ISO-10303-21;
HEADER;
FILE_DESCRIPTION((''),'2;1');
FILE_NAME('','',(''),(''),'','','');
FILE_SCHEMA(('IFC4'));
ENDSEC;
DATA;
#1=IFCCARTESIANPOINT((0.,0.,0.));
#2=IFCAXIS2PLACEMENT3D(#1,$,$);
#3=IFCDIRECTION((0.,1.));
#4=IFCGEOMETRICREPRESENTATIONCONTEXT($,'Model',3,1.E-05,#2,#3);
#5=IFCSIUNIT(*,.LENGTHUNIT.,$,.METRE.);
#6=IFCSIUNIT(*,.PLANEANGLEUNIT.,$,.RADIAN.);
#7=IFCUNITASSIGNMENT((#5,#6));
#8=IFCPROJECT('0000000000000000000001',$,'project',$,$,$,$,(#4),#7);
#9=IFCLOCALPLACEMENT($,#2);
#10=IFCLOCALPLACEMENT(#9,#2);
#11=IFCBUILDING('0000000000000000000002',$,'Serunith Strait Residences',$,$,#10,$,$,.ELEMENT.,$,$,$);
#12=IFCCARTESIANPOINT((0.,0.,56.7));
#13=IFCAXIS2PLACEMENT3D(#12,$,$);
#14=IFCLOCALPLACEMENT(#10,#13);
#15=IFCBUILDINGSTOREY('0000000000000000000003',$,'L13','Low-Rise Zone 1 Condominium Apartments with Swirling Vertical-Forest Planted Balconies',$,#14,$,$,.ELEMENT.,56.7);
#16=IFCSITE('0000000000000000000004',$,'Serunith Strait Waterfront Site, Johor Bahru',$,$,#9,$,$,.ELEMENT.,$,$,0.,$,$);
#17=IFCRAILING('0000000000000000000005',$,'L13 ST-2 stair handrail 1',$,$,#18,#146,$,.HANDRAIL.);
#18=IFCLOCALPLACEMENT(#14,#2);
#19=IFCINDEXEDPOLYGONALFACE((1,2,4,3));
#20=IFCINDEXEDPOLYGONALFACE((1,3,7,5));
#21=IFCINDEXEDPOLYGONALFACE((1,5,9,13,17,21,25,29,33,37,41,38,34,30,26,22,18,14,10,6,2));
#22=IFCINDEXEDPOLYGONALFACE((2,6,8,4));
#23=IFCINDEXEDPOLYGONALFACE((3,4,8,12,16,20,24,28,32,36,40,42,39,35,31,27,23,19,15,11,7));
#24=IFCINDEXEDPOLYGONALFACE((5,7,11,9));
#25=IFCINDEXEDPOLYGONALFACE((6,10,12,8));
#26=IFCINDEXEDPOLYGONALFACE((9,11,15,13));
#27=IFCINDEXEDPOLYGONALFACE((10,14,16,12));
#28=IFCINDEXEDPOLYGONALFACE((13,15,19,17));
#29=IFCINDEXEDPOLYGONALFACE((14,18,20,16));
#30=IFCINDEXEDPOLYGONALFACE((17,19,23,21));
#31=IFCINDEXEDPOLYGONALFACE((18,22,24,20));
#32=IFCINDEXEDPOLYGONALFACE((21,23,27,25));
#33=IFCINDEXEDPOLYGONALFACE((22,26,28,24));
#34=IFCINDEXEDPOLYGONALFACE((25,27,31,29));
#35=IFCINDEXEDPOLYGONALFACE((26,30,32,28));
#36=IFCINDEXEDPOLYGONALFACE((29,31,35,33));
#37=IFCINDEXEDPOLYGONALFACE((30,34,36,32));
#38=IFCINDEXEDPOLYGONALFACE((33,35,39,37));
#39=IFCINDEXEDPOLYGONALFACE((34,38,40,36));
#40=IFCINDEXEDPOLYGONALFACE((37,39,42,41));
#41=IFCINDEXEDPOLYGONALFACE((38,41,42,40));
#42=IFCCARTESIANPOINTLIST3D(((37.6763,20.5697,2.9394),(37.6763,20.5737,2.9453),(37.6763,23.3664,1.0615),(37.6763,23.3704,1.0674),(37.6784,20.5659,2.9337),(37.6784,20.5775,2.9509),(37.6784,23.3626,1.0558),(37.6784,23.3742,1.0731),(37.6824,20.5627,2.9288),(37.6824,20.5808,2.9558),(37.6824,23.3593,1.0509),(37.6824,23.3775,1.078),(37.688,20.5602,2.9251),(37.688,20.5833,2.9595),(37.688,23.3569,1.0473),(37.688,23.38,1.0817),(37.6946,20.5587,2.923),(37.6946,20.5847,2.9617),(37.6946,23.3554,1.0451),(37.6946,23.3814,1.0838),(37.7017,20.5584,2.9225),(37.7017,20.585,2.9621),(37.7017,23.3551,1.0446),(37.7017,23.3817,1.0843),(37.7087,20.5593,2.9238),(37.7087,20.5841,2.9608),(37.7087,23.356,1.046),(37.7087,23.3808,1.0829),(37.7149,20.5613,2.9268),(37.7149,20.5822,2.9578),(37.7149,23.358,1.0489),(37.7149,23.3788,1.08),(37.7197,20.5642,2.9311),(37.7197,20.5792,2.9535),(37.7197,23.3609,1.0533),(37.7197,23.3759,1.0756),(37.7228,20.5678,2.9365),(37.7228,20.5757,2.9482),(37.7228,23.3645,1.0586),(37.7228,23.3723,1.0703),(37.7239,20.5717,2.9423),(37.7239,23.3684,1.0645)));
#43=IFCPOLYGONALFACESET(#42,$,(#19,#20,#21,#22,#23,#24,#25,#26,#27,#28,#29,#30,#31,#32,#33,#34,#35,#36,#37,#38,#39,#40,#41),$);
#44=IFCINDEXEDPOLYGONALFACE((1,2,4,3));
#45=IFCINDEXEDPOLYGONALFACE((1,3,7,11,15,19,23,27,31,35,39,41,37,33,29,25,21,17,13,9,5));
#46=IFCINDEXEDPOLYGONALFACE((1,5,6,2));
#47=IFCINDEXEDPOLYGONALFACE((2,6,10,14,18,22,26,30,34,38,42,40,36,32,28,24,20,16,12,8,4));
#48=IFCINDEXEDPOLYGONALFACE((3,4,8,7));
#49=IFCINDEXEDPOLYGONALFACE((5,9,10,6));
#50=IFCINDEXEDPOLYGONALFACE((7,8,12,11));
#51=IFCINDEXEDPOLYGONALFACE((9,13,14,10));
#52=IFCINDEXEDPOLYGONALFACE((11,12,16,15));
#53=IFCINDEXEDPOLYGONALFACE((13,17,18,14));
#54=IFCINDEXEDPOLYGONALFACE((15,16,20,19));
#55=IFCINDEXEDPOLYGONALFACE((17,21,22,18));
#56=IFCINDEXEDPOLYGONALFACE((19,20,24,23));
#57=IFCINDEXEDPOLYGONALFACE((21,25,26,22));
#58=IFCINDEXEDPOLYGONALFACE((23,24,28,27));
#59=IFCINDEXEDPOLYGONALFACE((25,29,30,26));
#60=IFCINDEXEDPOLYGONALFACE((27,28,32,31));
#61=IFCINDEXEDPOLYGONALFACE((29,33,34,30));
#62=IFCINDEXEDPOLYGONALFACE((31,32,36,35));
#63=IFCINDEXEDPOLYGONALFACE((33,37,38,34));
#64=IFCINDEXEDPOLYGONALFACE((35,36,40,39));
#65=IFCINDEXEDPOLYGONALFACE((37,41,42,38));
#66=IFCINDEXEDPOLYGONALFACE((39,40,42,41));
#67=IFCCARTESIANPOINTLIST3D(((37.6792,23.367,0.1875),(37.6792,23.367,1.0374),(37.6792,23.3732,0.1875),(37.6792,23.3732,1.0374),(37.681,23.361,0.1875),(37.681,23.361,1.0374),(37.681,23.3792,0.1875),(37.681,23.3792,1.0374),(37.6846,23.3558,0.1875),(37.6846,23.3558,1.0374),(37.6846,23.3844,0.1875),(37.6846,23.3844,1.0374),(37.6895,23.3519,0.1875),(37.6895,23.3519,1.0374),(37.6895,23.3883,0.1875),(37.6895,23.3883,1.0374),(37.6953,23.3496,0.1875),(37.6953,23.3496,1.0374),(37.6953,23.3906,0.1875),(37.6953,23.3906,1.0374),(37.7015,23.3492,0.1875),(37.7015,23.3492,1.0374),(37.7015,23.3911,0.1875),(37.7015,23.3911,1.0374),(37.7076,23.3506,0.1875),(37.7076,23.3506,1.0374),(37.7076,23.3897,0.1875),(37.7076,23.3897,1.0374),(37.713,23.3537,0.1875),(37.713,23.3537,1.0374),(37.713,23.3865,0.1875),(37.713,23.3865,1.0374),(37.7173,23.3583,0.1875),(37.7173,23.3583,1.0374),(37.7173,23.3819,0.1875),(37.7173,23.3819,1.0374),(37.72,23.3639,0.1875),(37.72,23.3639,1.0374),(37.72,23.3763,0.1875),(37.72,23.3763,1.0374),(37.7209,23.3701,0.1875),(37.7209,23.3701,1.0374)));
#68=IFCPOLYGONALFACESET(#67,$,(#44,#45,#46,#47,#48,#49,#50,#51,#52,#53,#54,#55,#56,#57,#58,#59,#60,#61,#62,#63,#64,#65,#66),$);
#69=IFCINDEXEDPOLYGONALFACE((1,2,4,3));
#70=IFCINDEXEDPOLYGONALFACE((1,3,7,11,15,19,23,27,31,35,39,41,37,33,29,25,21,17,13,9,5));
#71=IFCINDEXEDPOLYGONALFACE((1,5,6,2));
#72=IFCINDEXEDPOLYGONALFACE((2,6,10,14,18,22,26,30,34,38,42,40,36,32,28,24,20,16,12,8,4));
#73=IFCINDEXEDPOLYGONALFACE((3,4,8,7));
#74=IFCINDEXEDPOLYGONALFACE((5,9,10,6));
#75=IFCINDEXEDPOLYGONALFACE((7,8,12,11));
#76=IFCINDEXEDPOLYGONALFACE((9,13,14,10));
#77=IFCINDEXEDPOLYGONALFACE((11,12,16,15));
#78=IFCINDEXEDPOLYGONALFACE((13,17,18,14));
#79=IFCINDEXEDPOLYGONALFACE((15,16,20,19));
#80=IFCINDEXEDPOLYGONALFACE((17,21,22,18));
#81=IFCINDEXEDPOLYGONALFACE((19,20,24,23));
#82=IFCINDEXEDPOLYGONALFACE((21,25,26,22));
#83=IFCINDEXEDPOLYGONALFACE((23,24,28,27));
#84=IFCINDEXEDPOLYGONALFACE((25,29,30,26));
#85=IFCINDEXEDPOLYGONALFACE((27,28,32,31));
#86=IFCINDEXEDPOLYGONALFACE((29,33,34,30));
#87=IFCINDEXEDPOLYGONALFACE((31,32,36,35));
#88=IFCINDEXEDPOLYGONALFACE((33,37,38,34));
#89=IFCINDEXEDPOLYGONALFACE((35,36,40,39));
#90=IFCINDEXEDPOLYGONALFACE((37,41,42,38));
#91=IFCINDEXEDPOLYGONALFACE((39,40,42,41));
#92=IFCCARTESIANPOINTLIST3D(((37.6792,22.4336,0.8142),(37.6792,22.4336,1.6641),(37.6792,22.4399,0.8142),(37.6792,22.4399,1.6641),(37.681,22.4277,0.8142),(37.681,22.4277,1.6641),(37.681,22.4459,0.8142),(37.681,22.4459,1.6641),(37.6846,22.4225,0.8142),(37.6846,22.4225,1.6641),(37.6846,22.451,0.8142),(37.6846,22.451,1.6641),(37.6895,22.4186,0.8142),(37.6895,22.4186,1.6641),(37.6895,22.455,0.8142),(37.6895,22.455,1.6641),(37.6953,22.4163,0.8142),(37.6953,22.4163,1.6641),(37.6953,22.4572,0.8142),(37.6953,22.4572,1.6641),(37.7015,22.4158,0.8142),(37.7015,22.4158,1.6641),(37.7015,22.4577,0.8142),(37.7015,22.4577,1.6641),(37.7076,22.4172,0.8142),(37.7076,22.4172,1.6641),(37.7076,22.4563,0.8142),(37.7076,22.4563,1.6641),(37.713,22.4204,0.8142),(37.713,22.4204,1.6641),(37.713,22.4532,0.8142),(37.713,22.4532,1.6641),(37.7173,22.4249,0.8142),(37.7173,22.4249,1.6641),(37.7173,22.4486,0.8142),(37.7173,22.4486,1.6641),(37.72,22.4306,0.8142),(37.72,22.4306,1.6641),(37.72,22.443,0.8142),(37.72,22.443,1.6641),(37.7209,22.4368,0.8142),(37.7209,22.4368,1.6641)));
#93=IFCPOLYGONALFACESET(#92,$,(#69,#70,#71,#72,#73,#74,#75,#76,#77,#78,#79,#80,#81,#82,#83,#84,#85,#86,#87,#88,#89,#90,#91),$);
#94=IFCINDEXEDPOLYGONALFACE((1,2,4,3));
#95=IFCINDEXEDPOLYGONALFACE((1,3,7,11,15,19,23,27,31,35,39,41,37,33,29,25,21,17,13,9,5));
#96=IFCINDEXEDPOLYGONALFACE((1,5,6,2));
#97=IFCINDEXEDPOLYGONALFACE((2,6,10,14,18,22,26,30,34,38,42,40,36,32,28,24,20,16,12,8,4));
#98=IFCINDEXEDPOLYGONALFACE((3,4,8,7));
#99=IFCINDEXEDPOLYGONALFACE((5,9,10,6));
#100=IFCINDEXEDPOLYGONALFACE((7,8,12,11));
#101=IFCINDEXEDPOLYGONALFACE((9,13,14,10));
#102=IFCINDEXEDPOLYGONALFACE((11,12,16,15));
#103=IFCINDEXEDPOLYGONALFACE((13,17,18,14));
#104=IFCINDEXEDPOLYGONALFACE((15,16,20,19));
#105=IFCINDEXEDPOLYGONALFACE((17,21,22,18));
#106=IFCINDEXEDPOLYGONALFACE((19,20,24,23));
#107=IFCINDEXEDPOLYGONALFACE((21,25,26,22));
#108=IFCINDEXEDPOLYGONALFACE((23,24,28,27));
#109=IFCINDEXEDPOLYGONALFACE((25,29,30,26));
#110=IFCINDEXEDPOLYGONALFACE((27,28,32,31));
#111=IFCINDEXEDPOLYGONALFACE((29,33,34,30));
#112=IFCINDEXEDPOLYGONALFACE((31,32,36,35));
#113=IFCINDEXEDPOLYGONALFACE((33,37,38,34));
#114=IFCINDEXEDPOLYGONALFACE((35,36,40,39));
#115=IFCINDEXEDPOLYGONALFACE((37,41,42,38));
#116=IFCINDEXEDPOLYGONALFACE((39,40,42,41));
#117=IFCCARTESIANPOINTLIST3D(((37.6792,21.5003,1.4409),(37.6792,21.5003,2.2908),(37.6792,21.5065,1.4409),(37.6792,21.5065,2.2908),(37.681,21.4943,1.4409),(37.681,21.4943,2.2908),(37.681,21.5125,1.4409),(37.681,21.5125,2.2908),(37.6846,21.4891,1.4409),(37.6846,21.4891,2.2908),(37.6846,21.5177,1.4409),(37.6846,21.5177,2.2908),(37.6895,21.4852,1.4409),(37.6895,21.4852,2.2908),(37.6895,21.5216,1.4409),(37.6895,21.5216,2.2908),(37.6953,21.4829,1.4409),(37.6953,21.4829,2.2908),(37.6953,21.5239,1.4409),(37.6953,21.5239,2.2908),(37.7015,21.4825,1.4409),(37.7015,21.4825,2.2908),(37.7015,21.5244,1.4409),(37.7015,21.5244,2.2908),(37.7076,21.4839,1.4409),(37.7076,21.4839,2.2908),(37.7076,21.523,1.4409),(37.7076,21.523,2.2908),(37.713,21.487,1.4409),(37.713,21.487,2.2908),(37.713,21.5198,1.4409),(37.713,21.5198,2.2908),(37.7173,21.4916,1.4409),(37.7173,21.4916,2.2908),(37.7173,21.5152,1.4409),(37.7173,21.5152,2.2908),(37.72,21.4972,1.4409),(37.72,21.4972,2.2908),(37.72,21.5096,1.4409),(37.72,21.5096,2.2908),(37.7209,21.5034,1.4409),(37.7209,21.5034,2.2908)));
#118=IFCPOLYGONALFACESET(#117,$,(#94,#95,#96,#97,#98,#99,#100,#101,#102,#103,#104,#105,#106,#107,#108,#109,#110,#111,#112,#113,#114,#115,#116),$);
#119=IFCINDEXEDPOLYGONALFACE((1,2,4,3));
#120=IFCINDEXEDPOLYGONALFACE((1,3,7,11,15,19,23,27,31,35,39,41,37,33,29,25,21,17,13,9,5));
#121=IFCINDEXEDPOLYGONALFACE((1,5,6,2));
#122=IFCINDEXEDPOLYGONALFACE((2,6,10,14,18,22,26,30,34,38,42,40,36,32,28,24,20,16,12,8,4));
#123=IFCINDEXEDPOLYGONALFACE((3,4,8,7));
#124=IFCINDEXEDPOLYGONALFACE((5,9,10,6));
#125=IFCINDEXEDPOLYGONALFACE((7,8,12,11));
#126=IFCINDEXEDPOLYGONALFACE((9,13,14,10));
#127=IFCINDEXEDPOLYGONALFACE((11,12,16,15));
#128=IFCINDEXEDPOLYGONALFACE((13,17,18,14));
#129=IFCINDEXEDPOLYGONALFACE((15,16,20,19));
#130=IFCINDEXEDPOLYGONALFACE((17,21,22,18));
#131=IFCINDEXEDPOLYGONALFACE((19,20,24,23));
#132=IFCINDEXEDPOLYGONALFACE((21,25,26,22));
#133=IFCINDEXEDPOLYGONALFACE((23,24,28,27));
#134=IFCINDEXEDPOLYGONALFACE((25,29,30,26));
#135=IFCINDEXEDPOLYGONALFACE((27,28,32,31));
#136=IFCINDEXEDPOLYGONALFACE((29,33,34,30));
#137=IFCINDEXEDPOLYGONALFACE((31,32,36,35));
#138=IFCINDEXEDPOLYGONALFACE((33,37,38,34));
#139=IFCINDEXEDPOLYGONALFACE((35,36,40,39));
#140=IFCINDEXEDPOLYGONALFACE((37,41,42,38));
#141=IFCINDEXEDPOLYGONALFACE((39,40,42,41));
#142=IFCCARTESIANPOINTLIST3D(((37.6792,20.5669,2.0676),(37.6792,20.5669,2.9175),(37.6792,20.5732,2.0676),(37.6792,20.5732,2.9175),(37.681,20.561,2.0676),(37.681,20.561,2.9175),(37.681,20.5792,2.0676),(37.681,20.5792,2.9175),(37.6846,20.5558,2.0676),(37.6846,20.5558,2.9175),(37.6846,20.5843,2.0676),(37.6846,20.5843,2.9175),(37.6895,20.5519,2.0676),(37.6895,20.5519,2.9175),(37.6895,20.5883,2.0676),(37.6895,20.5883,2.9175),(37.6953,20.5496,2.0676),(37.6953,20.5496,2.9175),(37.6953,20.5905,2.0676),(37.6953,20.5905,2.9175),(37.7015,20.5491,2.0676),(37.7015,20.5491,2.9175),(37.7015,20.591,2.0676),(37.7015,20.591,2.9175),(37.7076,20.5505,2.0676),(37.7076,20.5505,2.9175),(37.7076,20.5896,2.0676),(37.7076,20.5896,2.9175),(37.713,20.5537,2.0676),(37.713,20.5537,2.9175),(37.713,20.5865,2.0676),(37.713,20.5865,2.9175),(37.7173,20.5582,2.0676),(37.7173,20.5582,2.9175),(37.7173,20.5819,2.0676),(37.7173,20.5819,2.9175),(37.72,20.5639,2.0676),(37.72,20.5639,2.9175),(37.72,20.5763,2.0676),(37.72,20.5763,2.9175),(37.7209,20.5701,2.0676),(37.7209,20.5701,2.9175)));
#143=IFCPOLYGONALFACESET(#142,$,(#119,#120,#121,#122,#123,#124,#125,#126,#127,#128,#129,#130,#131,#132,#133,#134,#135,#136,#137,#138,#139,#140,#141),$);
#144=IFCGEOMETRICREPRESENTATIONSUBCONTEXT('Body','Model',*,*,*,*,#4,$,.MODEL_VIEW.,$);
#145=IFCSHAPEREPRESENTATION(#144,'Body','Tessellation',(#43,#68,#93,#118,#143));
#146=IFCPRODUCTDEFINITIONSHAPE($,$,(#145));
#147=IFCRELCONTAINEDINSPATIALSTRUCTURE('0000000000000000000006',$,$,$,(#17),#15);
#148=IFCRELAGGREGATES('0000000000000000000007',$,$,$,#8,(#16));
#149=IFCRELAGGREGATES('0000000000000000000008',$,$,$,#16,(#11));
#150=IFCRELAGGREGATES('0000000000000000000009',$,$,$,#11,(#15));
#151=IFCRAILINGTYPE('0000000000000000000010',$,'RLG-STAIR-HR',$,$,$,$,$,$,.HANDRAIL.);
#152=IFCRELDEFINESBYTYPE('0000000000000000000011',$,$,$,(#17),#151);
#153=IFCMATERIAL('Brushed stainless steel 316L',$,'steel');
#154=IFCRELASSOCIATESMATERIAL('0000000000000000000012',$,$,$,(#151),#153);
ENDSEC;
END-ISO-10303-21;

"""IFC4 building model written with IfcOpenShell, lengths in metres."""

from ifc_helpers import new_model, si_unit, direction, frame, origin, origin_2d, place, context, subcontext, project, spatial, circle, extrude, material, type_object, element, save


model = new_model("IFC4")

# Units and contexts
model_context = context("Model", 3, precision=1e-05, world=origin(), true_north=direction((0.0, 1.0)))
body_context = subcontext(model_context, "Body", "Model", "MODEL_VIEW")
ifc_project = project(units=[si_unit("LENGTHUNIT", "METRE"), si_unit("PLANEANGLEUNIT", "RADIAN")], contexts=[model_context])

# Site, building, storey
site_placement = place(None, origin())
site = spatial("IfcSite", under=ifc_project, at=site_placement, Name="Serunith Strait Waterfront Site, Johor Bahru", CompositionType="ELEMENT", RefElevation=0.0)
building_placement = place(site_placement, origin())
building = spatial("IfcBuilding", under=site, at=building_placement, Name="Serunith Strait Residences", CompositionType="ELEMENT")
storey_placement = place(building_placement, frame((0.0, 0.0, 56.7)))
storey = spatial("IfcBuildingStorey", under=building, at=storey_placement, Name="L13", Description="Low-Rise Zone 1 Condominium Apartments with Swirling Vertical-Forest Planted Balconies", CompositionType="ELEMENT", Elevation=56.7)

# Railing
ifc_material_1 = material(Name="Brushed stainless steel 316L", Category="steel")
railing_type_1 = type_object("IfcRailingType", Name="RLG-STAIR-HR", PredefinedType="HANDRAIL", material=ifc_material_1)
railing_1_placement = place(storey_placement, frame((37.7, 23.3701, 0.1875)))
element("IfcRailing", 1, at=railing_1_placement, inside=storey, type_object=railing_type_1, Name="L13 ST-2 stair handrail 1", PredefinedType="HANDRAIL", context=body_context, shape_type="SweptSolid", body=[
    extrude(circle(Radius=0.0239, at=origin_2d()), frame((0.0, -0.0017, 0.877), z_axis=(0.0, -0.830208, 0.557453), x_axis=(1.0, 0.0, 0.0)), (0.0, 0.0, 1.0), 3.3687),
    extrude(circle(Radius=0.021, at=origin_2d()), origin(), (0.0, 0.0, 1.0), 0.8499),
    extrude(circle(Radius=0.021, at=origin_2d()), frame((0.0, -0.9333, 0.6267)), (0.0, 0.0, 1.0), 0.8499),
    extrude(circle(Radius=0.021, at=origin_2d()), frame((0.0, -1.8667, 1.2534)), (0.0, 0.0, 1.0), 0.8499),
    extrude(circle(Radius=0.021, at=origin_2d()), frame((0.0, -2.8, 1.8801)), (0.0, 0.0, 1.0), 0.8499),
])

save(model, "model.ifc")
